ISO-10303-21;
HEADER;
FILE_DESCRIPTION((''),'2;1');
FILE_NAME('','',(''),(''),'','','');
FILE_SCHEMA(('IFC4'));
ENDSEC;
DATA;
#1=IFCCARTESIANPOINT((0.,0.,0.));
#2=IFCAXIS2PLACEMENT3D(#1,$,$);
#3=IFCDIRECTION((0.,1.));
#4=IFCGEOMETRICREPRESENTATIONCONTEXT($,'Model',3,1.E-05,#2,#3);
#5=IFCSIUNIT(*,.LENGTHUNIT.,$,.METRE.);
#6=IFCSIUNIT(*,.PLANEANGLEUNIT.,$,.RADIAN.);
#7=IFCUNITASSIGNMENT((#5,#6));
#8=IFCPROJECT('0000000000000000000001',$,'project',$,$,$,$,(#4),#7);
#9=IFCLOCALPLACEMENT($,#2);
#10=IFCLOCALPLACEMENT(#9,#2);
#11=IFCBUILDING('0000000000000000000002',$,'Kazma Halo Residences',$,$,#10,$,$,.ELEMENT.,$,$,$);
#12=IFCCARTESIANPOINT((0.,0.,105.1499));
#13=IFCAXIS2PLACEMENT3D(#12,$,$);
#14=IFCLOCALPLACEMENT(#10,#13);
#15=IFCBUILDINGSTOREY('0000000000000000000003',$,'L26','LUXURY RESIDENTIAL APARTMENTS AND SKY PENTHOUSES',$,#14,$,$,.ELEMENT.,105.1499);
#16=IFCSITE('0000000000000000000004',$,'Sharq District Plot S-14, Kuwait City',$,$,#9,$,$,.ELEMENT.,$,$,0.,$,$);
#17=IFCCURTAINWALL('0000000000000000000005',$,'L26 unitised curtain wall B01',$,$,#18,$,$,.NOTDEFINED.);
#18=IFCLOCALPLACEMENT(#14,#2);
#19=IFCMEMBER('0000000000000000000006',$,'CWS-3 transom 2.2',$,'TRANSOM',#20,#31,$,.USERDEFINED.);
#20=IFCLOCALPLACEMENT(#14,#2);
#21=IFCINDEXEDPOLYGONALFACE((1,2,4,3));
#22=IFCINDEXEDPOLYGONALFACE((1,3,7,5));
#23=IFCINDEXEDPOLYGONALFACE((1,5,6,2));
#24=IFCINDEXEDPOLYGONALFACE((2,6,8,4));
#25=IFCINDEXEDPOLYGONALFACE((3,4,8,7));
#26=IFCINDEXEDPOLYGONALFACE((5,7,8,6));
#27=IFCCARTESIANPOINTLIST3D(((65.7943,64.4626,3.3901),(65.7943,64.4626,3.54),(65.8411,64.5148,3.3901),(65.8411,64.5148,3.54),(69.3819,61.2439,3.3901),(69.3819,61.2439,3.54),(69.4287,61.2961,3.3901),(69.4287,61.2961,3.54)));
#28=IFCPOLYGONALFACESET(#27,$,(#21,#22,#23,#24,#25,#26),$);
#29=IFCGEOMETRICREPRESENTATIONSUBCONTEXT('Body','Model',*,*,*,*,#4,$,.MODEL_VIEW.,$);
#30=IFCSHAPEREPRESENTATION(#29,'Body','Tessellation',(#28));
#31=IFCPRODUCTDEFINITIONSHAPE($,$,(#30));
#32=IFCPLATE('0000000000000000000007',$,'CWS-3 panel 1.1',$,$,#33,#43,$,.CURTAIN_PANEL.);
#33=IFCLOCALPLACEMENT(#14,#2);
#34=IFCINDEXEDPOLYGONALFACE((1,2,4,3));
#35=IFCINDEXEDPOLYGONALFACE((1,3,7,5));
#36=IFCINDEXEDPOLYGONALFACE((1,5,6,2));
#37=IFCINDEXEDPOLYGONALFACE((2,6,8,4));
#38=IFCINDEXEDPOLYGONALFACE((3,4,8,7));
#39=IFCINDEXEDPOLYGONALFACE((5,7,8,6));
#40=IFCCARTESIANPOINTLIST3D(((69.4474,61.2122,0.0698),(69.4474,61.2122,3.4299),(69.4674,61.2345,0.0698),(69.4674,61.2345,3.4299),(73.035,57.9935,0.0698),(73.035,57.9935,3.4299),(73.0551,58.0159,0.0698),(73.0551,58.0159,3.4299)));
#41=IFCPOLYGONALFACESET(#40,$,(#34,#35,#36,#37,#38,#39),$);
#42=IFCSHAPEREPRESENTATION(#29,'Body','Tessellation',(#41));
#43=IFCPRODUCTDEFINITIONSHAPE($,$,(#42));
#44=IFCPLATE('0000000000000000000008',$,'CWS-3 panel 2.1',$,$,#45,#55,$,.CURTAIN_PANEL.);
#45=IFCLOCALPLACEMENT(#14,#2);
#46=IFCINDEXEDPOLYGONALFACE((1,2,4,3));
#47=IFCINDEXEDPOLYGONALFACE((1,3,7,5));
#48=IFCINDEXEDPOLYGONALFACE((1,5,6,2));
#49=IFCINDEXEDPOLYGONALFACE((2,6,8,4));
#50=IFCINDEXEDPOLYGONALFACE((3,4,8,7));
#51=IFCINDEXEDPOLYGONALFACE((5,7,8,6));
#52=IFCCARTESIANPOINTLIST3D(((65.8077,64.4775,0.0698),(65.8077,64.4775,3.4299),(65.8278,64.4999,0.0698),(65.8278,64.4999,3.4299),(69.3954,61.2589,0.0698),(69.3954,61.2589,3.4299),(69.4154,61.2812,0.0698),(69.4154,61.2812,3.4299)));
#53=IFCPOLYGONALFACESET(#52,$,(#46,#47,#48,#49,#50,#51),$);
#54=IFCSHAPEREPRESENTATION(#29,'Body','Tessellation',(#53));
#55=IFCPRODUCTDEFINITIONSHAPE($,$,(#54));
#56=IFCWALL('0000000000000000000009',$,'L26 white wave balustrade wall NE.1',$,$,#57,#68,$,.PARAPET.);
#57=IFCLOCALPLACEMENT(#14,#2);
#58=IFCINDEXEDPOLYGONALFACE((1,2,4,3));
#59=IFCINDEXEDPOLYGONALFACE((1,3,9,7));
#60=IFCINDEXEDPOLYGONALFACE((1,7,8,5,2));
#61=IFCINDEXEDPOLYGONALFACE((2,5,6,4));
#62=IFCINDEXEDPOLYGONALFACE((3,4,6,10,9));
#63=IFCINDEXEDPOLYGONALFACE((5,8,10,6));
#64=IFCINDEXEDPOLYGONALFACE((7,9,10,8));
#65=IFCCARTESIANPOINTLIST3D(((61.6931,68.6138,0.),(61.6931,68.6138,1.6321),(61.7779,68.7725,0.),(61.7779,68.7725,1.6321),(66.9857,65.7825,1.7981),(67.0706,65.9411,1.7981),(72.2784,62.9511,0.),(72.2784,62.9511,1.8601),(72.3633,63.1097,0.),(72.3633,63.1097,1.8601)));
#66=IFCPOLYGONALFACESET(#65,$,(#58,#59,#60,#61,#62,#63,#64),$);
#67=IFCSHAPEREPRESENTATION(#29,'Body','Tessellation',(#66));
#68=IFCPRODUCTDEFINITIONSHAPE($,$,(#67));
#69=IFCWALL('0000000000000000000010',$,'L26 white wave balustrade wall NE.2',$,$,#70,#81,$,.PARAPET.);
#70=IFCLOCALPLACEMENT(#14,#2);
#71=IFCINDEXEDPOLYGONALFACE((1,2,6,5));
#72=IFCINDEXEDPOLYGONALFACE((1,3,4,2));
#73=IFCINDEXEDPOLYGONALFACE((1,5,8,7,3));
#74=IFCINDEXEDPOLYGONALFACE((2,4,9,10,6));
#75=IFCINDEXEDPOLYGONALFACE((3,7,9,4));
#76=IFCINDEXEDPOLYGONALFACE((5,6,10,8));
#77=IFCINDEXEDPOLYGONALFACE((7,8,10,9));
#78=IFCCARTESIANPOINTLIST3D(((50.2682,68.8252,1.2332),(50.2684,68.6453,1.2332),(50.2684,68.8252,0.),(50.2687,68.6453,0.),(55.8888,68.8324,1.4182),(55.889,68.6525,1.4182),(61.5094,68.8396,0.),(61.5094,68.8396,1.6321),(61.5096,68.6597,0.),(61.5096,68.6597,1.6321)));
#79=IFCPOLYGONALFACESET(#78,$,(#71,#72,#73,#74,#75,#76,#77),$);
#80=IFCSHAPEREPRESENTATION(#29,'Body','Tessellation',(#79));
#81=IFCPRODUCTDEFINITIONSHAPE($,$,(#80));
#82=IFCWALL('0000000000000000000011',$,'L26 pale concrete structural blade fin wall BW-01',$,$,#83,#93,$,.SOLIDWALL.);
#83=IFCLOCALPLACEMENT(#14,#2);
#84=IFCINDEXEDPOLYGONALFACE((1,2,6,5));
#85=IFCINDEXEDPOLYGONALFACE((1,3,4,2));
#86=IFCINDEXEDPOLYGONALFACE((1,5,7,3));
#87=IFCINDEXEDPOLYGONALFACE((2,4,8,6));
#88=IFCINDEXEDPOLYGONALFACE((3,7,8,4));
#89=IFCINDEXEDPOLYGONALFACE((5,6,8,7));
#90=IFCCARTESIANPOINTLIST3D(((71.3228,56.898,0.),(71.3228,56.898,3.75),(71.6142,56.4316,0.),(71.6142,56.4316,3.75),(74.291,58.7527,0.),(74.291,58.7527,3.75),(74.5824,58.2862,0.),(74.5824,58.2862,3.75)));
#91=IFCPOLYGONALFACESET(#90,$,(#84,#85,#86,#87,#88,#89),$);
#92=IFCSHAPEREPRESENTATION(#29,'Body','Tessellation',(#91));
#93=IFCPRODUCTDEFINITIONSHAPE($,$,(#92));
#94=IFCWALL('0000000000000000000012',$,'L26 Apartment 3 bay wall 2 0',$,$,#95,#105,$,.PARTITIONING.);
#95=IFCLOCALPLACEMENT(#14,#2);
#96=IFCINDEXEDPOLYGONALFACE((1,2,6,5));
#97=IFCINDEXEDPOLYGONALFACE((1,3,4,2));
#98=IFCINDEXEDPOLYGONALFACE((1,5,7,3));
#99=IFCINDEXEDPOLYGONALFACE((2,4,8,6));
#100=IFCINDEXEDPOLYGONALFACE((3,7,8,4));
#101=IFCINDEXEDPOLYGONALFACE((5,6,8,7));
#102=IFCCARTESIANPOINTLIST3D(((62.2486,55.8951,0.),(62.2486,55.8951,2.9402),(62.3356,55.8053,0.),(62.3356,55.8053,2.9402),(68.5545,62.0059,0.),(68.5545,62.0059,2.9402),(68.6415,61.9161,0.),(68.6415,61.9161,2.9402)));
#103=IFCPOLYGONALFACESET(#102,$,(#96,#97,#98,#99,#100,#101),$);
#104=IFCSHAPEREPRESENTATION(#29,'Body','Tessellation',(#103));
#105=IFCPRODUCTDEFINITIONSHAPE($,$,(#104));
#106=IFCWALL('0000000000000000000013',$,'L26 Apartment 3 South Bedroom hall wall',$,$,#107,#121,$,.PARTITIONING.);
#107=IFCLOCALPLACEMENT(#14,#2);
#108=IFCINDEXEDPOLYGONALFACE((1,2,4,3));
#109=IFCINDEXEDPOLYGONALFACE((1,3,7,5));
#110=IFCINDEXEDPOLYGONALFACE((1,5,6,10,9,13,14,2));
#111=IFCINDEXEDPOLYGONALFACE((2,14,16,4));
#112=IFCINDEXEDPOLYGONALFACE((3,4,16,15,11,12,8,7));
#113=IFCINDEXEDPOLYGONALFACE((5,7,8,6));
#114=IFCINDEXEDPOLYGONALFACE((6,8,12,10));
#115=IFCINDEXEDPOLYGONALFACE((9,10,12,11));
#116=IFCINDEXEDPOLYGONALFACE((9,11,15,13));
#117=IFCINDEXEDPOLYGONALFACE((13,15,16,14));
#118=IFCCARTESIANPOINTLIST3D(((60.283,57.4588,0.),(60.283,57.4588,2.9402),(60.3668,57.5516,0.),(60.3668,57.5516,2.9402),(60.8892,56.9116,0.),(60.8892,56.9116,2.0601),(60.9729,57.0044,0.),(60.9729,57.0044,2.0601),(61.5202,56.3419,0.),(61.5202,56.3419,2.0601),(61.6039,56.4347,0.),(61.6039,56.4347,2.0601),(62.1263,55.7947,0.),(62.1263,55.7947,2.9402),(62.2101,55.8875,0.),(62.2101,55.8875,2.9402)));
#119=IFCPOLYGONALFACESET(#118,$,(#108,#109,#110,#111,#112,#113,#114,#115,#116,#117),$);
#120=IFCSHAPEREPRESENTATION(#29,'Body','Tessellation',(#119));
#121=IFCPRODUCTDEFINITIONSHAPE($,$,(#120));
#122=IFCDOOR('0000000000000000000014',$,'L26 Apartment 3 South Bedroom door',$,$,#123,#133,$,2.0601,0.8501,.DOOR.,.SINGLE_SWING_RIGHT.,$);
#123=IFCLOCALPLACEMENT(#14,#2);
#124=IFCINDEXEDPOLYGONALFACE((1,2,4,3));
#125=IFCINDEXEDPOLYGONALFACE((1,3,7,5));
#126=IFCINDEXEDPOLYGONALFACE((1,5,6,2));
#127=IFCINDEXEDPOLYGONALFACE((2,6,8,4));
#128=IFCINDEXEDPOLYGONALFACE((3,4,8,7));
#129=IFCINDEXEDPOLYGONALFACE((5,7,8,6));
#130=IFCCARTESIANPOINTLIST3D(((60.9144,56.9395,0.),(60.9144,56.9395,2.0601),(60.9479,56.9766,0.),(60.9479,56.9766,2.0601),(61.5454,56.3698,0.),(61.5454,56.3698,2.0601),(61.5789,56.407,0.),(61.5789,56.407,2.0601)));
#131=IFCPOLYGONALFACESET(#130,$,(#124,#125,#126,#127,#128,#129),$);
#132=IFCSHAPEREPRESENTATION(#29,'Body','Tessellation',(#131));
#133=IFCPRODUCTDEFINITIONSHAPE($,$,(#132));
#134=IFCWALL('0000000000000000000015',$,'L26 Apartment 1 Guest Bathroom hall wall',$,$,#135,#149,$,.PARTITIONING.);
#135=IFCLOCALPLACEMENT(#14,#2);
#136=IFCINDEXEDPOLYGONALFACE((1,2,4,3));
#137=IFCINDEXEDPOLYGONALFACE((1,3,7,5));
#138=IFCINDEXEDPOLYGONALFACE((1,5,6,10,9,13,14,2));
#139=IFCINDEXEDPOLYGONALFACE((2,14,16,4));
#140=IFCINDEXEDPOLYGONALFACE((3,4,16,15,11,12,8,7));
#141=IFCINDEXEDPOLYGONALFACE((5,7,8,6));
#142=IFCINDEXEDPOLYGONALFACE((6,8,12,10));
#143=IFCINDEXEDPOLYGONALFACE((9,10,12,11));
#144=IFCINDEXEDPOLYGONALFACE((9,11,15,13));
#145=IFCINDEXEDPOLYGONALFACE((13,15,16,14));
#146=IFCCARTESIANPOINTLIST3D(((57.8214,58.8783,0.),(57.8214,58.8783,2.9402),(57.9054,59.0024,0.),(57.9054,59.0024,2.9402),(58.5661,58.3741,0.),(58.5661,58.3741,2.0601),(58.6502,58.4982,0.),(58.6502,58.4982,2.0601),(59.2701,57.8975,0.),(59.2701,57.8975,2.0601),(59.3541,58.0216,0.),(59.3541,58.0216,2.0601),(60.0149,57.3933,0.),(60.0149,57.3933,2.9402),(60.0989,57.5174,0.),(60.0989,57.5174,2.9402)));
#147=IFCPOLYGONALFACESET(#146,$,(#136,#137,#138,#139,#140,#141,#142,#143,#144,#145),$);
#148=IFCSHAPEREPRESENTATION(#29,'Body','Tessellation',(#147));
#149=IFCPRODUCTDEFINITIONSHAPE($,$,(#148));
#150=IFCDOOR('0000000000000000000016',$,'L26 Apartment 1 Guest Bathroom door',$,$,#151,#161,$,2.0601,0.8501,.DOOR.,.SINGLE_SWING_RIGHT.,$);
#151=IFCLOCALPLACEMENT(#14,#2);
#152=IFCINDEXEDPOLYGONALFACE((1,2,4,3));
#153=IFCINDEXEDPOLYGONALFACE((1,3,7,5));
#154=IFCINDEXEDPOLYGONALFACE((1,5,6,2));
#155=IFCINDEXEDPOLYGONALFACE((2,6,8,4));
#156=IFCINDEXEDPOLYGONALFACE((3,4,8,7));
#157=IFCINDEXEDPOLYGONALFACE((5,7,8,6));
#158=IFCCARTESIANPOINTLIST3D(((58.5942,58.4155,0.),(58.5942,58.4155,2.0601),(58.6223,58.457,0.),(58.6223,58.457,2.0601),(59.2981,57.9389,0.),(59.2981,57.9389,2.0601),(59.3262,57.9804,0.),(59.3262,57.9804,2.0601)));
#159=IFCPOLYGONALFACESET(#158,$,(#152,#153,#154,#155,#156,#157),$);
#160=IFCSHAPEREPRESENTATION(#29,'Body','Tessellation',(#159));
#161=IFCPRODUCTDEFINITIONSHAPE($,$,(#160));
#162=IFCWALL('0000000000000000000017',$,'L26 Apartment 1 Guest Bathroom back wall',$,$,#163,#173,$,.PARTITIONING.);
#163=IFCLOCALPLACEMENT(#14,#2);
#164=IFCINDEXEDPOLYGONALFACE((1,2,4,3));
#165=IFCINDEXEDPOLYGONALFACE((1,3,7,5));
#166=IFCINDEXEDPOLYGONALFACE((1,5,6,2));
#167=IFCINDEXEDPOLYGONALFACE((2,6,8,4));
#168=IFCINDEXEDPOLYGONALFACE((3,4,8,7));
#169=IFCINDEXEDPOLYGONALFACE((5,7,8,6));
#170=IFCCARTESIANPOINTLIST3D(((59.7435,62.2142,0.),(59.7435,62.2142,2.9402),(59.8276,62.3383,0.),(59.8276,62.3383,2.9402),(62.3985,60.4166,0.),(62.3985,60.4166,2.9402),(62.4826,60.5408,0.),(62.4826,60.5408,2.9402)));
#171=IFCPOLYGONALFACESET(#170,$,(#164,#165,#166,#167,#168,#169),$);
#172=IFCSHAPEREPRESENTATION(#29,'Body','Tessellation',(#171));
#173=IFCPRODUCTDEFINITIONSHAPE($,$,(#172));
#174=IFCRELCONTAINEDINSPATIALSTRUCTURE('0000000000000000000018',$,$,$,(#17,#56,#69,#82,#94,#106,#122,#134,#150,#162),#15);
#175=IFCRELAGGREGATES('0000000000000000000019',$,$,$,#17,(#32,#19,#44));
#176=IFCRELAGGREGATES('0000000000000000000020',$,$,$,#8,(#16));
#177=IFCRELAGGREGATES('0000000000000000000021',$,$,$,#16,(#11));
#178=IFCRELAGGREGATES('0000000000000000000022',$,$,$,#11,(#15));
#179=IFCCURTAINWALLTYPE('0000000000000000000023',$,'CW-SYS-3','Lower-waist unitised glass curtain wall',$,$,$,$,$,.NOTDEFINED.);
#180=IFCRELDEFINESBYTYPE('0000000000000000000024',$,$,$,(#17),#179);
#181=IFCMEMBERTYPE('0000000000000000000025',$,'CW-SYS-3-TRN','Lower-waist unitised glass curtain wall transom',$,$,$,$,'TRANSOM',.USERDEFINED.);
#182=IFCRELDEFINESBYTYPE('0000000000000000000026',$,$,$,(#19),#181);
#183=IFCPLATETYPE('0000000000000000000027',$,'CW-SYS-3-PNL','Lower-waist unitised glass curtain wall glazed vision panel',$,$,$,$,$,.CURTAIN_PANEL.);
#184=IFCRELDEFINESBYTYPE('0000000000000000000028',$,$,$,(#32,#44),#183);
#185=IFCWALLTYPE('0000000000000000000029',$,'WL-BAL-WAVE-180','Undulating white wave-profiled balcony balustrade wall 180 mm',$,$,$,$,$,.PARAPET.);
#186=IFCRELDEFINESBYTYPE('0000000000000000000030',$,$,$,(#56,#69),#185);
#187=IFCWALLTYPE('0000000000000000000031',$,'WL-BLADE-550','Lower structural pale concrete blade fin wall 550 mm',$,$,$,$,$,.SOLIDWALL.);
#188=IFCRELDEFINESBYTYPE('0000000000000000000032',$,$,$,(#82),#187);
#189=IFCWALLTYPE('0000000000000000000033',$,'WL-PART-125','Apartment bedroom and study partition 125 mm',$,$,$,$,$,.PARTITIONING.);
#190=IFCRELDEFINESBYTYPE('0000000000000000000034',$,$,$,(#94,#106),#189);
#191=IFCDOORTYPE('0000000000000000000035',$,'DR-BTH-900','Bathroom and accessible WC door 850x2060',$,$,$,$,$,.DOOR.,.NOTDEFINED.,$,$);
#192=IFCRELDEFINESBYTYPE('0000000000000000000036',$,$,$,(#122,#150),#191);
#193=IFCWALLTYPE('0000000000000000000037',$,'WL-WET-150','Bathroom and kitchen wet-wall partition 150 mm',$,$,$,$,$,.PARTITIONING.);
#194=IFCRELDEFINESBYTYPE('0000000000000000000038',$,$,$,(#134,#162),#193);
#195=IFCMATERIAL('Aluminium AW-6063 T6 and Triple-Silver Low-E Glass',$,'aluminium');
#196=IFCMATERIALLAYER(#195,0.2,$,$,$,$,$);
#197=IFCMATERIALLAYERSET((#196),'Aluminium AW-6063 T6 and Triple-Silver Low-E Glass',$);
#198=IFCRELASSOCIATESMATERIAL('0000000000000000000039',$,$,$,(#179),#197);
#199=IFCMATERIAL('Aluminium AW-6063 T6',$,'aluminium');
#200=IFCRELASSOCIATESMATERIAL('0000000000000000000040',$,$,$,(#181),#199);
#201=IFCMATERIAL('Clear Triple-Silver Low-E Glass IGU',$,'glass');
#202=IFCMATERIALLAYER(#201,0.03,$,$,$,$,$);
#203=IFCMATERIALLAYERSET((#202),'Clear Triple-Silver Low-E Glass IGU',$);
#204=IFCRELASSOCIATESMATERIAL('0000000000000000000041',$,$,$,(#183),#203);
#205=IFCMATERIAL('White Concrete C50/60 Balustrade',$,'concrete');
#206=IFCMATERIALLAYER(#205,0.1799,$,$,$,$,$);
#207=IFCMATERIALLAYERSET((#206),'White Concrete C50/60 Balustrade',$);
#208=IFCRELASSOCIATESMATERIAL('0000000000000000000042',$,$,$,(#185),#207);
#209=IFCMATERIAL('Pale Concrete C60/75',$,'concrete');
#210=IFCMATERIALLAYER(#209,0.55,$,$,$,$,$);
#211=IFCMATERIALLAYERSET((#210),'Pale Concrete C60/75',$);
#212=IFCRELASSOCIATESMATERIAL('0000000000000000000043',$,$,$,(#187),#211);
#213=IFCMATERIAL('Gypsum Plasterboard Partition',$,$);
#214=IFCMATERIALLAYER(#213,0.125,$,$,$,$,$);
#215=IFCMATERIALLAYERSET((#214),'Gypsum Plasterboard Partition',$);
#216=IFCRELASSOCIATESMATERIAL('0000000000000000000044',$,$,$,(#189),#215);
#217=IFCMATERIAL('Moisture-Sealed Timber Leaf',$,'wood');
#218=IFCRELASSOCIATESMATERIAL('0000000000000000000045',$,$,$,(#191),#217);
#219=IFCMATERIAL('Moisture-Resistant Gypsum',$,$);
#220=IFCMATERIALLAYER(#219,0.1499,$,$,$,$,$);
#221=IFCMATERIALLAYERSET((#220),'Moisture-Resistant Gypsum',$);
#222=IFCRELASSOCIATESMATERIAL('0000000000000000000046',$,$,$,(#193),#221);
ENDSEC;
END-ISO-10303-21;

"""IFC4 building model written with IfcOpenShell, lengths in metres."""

from ifc_helpers import new_model, si_unit, direction, frame, frame_2d, origin, origin_2d, place, context, subcontext, project, spatial, polyline, rectangle, outline, extrude, material, layer, layer_set, material_profile, profile_set, type_object, element, fill, aggregate, save


model = new_model("IFC4")

# Units and contexts
model_context = context("Model", 3, precision=1e-05, world=origin(), true_north=direction((0.0, 1.0)))
body_context = subcontext(model_context, "Body", "Model", "MODEL_VIEW")
ifc_project = project(units=[si_unit("LENGTHUNIT", "METRE"), si_unit("PLANEANGLEUNIT", "RADIAN")], contexts=[model_context])

# Site, building, storey
site_placement = place(None, origin())
site = spatial("IfcSite", under=ifc_project, at=site_placement, Name="Sharq District Plot S-14, Kuwait City", CompositionType="ELEMENT", RefElevation=0.0)
building_placement = place(site_placement, origin())
building = spatial("IfcBuilding", under=site, at=building_placement, Name="Kazma Halo Residences", CompositionType="ELEMENT")
storey_placement = place(building_placement, frame((0.0, 0.0, 105.1499)))
storey = spatial("IfcBuildingStorey", under=building, at=storey_placement, Name="L26", Description="LUXURY RESIDENTIAL APARTMENTS AND SKY PENTHOUSES", CompositionType="ELEMENT", Elevation=105.1499)

# Curtain wall
ifc_material_1 = material(Name="Aluminium AW-6063 T6 and Triple-Silver Low-E Glass", Category="aluminium")
ifc_layer_1 = layer(ifc_material_1, 0.2)
ifc_layer_set_1 = layer_set([ifc_layer_1], Name="Aluminium AW-6063 T6 and Triple-Silver Low-E Glass")
curtain_wall_type = type_object("IfcCurtainWallType", Name="CW-SYS-3", Description="Lower-waist unitised glass curtain wall", PredefinedType="NOTDEFINED", material=ifc_layer_set_1)
curtain_wall_1_placement = place(storey_placement, origin())
curtain_wall_1 = element("IfcCurtainWall", 1, at=curtain_wall_1_placement, inside=storey, type_object=curtain_wall_type, Name="L26 unitised curtain wall B01", PredefinedType="NOTDEFINED")
ifc_material_2 = material(Name="Aluminium AW-6063 T6", Category="aluminium")

# Member
ifc_material_profile_1 = material_profile(ifc_material_2, rectangle(XDim=0.0701, YDim=0.1499, at=origin_2d()), Name="CWT-70x150")
ifc_profile_set_1 = profile_set([ifc_material_profile_1], Name="Aluminium AW-6063 T6")
member_type_1 = type_object("IfcMemberType", Name="CW-SYS-3-TRN", Description="Lower-waist unitised glass curtain wall transom", ElementType="TRANSOM", PredefinedType="USERDEFINED", material=ifc_profile_set_1)
member_1_placement = place(storey_placement, frame((69.4053, 61.27, 3.4651), z_axis=(-0.744338, 0.667803, 0.0), x_axis=(-0.667803, -0.744338, 0.0)))
member_1 = element("IfcMember", 2, at=member_1_placement, type_object=member_type_1, Name="CWS-3 transom 2.2", ObjectType="TRANSOM", PredefinedType="USERDEFINED", context=body_context, shape_type="SweptSolid", body=[
    extrude(rectangle(XDim=0.0701, YDim=0.1499, at=origin_2d()), origin(), (0.0, 0.0, 1.0), 4.8198),
])

# Plates
ifc_material_3 = material(Name="Clear Triple-Silver Low-E Glass IGU", Category="glass")
ifc_layer_2 = layer(ifc_material_3, 0.03)
ifc_layer_set_2 = layer_set([ifc_layer_2], Name="Clear Triple-Silver Low-E Glass IGU")
plate_type = type_object("IfcPlateType", Name="CW-SYS-3-PNL", Description="Lower-waist unitised glass curtain wall glazed vision panel", PredefinedType="CURTAIN_PANEL", material=ifc_layer_set_2)
plate_1_placement = place(storey_placement, frame((71.2512, 59.614, 0.0698), z_axis=(0.0, 0.0, 1.0), x_axis=(-0.744345, 0.667795, 0.0)))
plate_1 = element("IfcPlate", 3, at=plate_1_placement, type_object=plate_type, Name="CWS-3 panel 1.1", PredefinedType="CURTAIN_PANEL", context=body_context, shape_type="SweptSolid", body=[
    extrude(rectangle(XDim=4.8198, YDim=0.03, at=origin_2d()), origin(), (0.0, 0.0, 1.0), 3.3601),
])
plate_2_placement = place(storey_placement, frame((67.6116, 62.8794, 0.0698), z_axis=(0.0, 0.0, 1.0), x_axis=(-0.744345, 0.667795, 0.0)))
plate_2 = element("IfcPlate", 4, at=plate_2_placement, type_object=plate_type, Name="CWS-3 panel 2.1", PredefinedType="CURTAIN_PANEL", context=body_context, shape_type="SweptSolid", body=[
    extrude(rectangle(XDim=4.8198, YDim=0.03, at=origin_2d()), origin(), (0.0, 0.0, 1.0), 3.3601),
])
aggregate(curtain_wall_1, [plate_1, member_1, plate_2])

# Walls
ifc_material_4 = material(Name="White Concrete C50/60 Balustrade", Category="concrete")
ifc_layer_3 = layer(ifc_material_4, 0.1799)
ifc_layer_set_3 = layer_set([ifc_layer_3], Name="White Concrete C50/60 Balustrade")
wall_type_1 = type_object("IfcWallType", Name="WL-BAL-WAVE-180", Description="Undulating white wave-profiled balcony balustrade wall 180 mm", PredefinedType="PARAPET", material=ifc_layer_set_3)
wall_1_placement = place(storey_placement, frame((72.3208, 63.0303, 0.0), z_axis=(0.0, 0.0, 1.0), x_axis=(-0.881755, 0.471708, 0.0)))
element("IfcWall", 5, at=wall_1_placement, inside=storey, type_object=wall_type_1, Name="L26 white wave balustrade wall NE.1", PredefinedType="PARAPET", context=body_context, shape_type="SweptSolid", body=[
    extrude(outline(polyline([(0.0, 0.0), (12.0049, 0.0), (12.0049, 1.6321), (6.0024, 1.7981), (0.0, 1.8601), (0.0, 0.0)])), frame((0.0, 0.0898, 0.0), z_axis=(0.0, -1.0, 0.0), x_axis=(1.0, 0.0, 0.0)), (0.0, 0.0, 1.0), 0.1799),
])
wall_2_placement = place(storey_placement, frame((61.5095, 68.7495, 0.0), z_axis=(0.0, 0.0, 1.0), x_axis=(-0.999999, -0.001281, 0.0)))
element("IfcWall", 6, at=wall_2_placement, inside=storey, type_object=wall_type_1, Name="L26 white wave balustrade wall NE.2", PredefinedType="PARAPET", context=body_context, shape_type="SweptSolid", body=[
    extrude(outline(polyline([(0.0, 0.0), (11.241, 0.0), (11.2412, 1.2332), (5.6206, 1.4182), (0.0, 1.6321), (0.0, 0.0)])), frame((0.0, 0.0898, 0.0), z_axis=(0.0, -1.0, 0.0), x_axis=(1.0, 0.0, 0.0)), (0.0, 0.0, 1.0), 0.1799),
])
ifc_material_5 = material(Name="Pale Concrete C60/75", Category="concrete")
ifc_layer_4 = layer(ifc_material_5, 0.55)
ifc_layer_set_4 = layer_set([ifc_layer_4], Name="Pale Concrete C60/75")
wall_type_2 = type_object("IfcWallType", Name="WL-BLADE-550", Description="Lower structural pale concrete blade fin wall 550 mm", PredefinedType="SOLIDWALL", material=ifc_layer_set_4)
wall_3_placement = place(storey_placement, frame((71.4685, 56.6648, 0.0), z_axis=(0.0, 0.0, 1.0), x_axis=(0.848053, 0.529911, 0.0)))
element("IfcWall", 7, at=wall_3_placement, inside=storey, type_object=wall_type_2, Name="L26 pale concrete structural blade fin wall BW-01", PredefinedType="SOLIDWALL", context=body_context, shape_type="SweptSolid", body=[
    extrude(rectangle(XDim=3.5, YDim=0.55, at=frame_2d((1.75, 0.0))), origin(), (0.0, 0.0, 1.0), 3.75),
])

# Wall
ifc_material_6 = material(Name="Gypsum Plasterboard Partition")
ifc_layer_5 = layer(ifc_material_6, 0.125)
ifc_layer_set_5 = layer_set([ifc_layer_5], Name="Gypsum Plasterboard Partition")
wall_type_3 = type_object("IfcWallType", Name="WL-PART-125", Description="Apartment bedroom and study partition 125 mm", PredefinedType="PARTITIONING", material=ifc_layer_set_5)
wall_4_placement = place(storey_placement, frame((62.292, 55.8501, 0.0), z_axis=(0.0, 0.0, 1.0), x_axis=(0.718127, 0.695912, 0.0)))
element("IfcWall", 8, at=wall_4_placement, inside=storey, type_object=wall_type_3, Name="L26 Apartment 3 bay wall 2 0", PredefinedType="PARTITIONING", context=body_context, shape_type="SweptSolid", body=[
    extrude(rectangle(XDim=8.781, YDim=0.125, at=frame_2d((4.3906, 0.0))), origin(), (0.0, 0.0, 1.0), 2.9402),
])

# Walls, openings, doors
wall_5_placement = place(storey_placement, frame((62.1682, 55.8411, 0.0), z_axis=(0.0, 0.0, 1.0), x_axis=(-0.742267, 0.670105, 0.0)))
wall_5 = element("IfcWall", 9, at=wall_5_placement, inside=storey, type_object=wall_type_3, Name="L26 Apartment 3 South Bedroom hall wall", PredefinedType="PARTITIONING", context=body_context, shape_type="SweptSolid", body=[
    extrude(rectangle(XDim=2.4834, YDim=0.125, at=frame_2d((1.2417, 0.0))), origin(), (0.0, 0.0, 1.0), 2.9402),
])
opening_1_placement = place(wall_5_placement, frame((0.8167, 0.0, 0.0)))
opening_1 = element("IfcOpeningElement", 10, at=opening_1_placement, cuts=wall_5, PredefinedType="OPENING", context=body_context, shape_type="SweptSolid", body=[
    extrude(rectangle(XDim=0.8501, YDim=2.0601, at=frame_2d((0.425, 1.03))), frame((0.0, 0.0725, 0.0), z_axis=(0.0, -1.0, 0.0), x_axis=(1.0, 0.0, 0.0)), (0.0, 0.0, 1.0), 0.145),
])
ifc_material_7 = material(Name="Moisture-Sealed Timber Leaf", Category="wood")
door_type_1 = type_object("IfcDoorType", Name="DR-BTH-900", Description="Bathroom and accessible WC door 850x2060", OperationType="NOTDEFINED", PredefinedType="DOOR", material=ifc_material_7)
door_1_placement = place(opening_1_placement, origin())
door_1 = element("IfcDoor", 11, at=door_1_placement, inside=storey, type_object=door_type_1, Name="L26 Apartment 3 South Bedroom door", OperationType="SINGLE_SWING_RIGHT", OverallHeight=2.0601, OverallWidth=0.8501, PredefinedType="DOOR", context=body_context, shape_type="SweptSolid", body=[
    extrude(rectangle(XDim=0.8501, YDim=2.0601, at=frame_2d((0.425, 1.03))), frame((0.0, 0.0249, 0.0), z_axis=(0.0, -1.0, 0.0), x_axis=(1.0, 0.0, 0.0)), (0.0, 0.0, 1.0), 0.05),
])
fill(opening_1, door_1)
ifc_material_8 = material(Name="Moisture-Resistant Gypsum")
ifc_layer_6 = layer(ifc_material_8, 0.1499)
ifc_layer_set_6 = layer_set([ifc_layer_6], Name="Moisture-Resistant Gypsum")
wall_type_4 = type_object("IfcWallType", Name="WL-WET-150", Description="Bathroom and kitchen wet-wall partition 150 mm", PredefinedType="PARTITIONING", material=ifc_layer_set_6)
wall_6_placement = place(storey_placement, frame((60.0569, 57.4553, 0.0), z_axis=(0.0, 0.0, 1.0), x_axis=(-0.828073, 0.56062, 0.0)))
wall_6 = element("IfcWall", 12, at=wall_6_placement, inside=storey, type_object=wall_type_4, Name="L26 Apartment 1 Guest Bathroom hall wall", PredefinedType="PARTITIONING", context=body_context, shape_type="SweptSolid", body=[
    extrude(rectangle(XDim=2.6489, YDim=0.1499, at=frame_2d((1.3245, 0.0))), origin(), (0.0, 0.0, 1.0), 2.9402),
])
opening_2_placement = place(wall_6_placement, frame((0.8994, 0.0, 0.0)))
opening_2 = element("IfcOpeningElement", 13, at=opening_2_placement, cuts=wall_6, PredefinedType="OPENING", context=body_context, shape_type="SweptSolid", body=[
    extrude(rectangle(XDim=0.8501, YDim=2.0601, at=frame_2d((0.425, 1.03))), frame((0.0, 0.085, 0.0), z_axis=(0.0, -1.0, 0.0), x_axis=(1.0, 0.0, 0.0)), (0.0, 0.0, 1.0), 0.1699),
])
door_2_placement = place(opening_2_placement, origin())
door_2 = element("IfcDoor", 14, at=door_2_placement, inside=storey, type_object=door_type_1, Name="L26 Apartment 1 Guest Bathroom door", OperationType="SINGLE_SWING_RIGHT", OverallHeight=2.0601, OverallWidth=0.8501, PredefinedType="DOOR", context=body_context, shape_type="SweptSolid", body=[
    extrude(rectangle(XDim=0.8501, YDim=2.0601, at=frame_2d((0.425, 1.03))), frame((0.0, 0.0249, 0.0), z_axis=(0.0, -1.0, 0.0), x_axis=(1.0, 0.0, 0.0)), (0.0, 0.0, 1.0), 0.05),
])
fill(opening_2, door_2)

# Wall
wall_7_placement = place(storey_placement, frame((62.4404, 60.4788, 0.0), z_axis=(0.0, 0.0, 1.0), x_axis=(-0.828058, 0.560643, 0.0)))
element("IfcWall", 15, at=wall_7_placement, inside=storey, type_object=wall_type_4, Name="L26 Apartment 1 Guest Bathroom back wall", PredefinedType="PARTITIONING", context=body_context, shape_type="SweptSolid", body=[
    extrude(rectangle(XDim=3.2063, YDim=0.1499, at=frame_2d((1.603, 0.0))), origin(), (0.0, 0.0, 1.0), 2.9402),
])

save(model, "model.ifc")
